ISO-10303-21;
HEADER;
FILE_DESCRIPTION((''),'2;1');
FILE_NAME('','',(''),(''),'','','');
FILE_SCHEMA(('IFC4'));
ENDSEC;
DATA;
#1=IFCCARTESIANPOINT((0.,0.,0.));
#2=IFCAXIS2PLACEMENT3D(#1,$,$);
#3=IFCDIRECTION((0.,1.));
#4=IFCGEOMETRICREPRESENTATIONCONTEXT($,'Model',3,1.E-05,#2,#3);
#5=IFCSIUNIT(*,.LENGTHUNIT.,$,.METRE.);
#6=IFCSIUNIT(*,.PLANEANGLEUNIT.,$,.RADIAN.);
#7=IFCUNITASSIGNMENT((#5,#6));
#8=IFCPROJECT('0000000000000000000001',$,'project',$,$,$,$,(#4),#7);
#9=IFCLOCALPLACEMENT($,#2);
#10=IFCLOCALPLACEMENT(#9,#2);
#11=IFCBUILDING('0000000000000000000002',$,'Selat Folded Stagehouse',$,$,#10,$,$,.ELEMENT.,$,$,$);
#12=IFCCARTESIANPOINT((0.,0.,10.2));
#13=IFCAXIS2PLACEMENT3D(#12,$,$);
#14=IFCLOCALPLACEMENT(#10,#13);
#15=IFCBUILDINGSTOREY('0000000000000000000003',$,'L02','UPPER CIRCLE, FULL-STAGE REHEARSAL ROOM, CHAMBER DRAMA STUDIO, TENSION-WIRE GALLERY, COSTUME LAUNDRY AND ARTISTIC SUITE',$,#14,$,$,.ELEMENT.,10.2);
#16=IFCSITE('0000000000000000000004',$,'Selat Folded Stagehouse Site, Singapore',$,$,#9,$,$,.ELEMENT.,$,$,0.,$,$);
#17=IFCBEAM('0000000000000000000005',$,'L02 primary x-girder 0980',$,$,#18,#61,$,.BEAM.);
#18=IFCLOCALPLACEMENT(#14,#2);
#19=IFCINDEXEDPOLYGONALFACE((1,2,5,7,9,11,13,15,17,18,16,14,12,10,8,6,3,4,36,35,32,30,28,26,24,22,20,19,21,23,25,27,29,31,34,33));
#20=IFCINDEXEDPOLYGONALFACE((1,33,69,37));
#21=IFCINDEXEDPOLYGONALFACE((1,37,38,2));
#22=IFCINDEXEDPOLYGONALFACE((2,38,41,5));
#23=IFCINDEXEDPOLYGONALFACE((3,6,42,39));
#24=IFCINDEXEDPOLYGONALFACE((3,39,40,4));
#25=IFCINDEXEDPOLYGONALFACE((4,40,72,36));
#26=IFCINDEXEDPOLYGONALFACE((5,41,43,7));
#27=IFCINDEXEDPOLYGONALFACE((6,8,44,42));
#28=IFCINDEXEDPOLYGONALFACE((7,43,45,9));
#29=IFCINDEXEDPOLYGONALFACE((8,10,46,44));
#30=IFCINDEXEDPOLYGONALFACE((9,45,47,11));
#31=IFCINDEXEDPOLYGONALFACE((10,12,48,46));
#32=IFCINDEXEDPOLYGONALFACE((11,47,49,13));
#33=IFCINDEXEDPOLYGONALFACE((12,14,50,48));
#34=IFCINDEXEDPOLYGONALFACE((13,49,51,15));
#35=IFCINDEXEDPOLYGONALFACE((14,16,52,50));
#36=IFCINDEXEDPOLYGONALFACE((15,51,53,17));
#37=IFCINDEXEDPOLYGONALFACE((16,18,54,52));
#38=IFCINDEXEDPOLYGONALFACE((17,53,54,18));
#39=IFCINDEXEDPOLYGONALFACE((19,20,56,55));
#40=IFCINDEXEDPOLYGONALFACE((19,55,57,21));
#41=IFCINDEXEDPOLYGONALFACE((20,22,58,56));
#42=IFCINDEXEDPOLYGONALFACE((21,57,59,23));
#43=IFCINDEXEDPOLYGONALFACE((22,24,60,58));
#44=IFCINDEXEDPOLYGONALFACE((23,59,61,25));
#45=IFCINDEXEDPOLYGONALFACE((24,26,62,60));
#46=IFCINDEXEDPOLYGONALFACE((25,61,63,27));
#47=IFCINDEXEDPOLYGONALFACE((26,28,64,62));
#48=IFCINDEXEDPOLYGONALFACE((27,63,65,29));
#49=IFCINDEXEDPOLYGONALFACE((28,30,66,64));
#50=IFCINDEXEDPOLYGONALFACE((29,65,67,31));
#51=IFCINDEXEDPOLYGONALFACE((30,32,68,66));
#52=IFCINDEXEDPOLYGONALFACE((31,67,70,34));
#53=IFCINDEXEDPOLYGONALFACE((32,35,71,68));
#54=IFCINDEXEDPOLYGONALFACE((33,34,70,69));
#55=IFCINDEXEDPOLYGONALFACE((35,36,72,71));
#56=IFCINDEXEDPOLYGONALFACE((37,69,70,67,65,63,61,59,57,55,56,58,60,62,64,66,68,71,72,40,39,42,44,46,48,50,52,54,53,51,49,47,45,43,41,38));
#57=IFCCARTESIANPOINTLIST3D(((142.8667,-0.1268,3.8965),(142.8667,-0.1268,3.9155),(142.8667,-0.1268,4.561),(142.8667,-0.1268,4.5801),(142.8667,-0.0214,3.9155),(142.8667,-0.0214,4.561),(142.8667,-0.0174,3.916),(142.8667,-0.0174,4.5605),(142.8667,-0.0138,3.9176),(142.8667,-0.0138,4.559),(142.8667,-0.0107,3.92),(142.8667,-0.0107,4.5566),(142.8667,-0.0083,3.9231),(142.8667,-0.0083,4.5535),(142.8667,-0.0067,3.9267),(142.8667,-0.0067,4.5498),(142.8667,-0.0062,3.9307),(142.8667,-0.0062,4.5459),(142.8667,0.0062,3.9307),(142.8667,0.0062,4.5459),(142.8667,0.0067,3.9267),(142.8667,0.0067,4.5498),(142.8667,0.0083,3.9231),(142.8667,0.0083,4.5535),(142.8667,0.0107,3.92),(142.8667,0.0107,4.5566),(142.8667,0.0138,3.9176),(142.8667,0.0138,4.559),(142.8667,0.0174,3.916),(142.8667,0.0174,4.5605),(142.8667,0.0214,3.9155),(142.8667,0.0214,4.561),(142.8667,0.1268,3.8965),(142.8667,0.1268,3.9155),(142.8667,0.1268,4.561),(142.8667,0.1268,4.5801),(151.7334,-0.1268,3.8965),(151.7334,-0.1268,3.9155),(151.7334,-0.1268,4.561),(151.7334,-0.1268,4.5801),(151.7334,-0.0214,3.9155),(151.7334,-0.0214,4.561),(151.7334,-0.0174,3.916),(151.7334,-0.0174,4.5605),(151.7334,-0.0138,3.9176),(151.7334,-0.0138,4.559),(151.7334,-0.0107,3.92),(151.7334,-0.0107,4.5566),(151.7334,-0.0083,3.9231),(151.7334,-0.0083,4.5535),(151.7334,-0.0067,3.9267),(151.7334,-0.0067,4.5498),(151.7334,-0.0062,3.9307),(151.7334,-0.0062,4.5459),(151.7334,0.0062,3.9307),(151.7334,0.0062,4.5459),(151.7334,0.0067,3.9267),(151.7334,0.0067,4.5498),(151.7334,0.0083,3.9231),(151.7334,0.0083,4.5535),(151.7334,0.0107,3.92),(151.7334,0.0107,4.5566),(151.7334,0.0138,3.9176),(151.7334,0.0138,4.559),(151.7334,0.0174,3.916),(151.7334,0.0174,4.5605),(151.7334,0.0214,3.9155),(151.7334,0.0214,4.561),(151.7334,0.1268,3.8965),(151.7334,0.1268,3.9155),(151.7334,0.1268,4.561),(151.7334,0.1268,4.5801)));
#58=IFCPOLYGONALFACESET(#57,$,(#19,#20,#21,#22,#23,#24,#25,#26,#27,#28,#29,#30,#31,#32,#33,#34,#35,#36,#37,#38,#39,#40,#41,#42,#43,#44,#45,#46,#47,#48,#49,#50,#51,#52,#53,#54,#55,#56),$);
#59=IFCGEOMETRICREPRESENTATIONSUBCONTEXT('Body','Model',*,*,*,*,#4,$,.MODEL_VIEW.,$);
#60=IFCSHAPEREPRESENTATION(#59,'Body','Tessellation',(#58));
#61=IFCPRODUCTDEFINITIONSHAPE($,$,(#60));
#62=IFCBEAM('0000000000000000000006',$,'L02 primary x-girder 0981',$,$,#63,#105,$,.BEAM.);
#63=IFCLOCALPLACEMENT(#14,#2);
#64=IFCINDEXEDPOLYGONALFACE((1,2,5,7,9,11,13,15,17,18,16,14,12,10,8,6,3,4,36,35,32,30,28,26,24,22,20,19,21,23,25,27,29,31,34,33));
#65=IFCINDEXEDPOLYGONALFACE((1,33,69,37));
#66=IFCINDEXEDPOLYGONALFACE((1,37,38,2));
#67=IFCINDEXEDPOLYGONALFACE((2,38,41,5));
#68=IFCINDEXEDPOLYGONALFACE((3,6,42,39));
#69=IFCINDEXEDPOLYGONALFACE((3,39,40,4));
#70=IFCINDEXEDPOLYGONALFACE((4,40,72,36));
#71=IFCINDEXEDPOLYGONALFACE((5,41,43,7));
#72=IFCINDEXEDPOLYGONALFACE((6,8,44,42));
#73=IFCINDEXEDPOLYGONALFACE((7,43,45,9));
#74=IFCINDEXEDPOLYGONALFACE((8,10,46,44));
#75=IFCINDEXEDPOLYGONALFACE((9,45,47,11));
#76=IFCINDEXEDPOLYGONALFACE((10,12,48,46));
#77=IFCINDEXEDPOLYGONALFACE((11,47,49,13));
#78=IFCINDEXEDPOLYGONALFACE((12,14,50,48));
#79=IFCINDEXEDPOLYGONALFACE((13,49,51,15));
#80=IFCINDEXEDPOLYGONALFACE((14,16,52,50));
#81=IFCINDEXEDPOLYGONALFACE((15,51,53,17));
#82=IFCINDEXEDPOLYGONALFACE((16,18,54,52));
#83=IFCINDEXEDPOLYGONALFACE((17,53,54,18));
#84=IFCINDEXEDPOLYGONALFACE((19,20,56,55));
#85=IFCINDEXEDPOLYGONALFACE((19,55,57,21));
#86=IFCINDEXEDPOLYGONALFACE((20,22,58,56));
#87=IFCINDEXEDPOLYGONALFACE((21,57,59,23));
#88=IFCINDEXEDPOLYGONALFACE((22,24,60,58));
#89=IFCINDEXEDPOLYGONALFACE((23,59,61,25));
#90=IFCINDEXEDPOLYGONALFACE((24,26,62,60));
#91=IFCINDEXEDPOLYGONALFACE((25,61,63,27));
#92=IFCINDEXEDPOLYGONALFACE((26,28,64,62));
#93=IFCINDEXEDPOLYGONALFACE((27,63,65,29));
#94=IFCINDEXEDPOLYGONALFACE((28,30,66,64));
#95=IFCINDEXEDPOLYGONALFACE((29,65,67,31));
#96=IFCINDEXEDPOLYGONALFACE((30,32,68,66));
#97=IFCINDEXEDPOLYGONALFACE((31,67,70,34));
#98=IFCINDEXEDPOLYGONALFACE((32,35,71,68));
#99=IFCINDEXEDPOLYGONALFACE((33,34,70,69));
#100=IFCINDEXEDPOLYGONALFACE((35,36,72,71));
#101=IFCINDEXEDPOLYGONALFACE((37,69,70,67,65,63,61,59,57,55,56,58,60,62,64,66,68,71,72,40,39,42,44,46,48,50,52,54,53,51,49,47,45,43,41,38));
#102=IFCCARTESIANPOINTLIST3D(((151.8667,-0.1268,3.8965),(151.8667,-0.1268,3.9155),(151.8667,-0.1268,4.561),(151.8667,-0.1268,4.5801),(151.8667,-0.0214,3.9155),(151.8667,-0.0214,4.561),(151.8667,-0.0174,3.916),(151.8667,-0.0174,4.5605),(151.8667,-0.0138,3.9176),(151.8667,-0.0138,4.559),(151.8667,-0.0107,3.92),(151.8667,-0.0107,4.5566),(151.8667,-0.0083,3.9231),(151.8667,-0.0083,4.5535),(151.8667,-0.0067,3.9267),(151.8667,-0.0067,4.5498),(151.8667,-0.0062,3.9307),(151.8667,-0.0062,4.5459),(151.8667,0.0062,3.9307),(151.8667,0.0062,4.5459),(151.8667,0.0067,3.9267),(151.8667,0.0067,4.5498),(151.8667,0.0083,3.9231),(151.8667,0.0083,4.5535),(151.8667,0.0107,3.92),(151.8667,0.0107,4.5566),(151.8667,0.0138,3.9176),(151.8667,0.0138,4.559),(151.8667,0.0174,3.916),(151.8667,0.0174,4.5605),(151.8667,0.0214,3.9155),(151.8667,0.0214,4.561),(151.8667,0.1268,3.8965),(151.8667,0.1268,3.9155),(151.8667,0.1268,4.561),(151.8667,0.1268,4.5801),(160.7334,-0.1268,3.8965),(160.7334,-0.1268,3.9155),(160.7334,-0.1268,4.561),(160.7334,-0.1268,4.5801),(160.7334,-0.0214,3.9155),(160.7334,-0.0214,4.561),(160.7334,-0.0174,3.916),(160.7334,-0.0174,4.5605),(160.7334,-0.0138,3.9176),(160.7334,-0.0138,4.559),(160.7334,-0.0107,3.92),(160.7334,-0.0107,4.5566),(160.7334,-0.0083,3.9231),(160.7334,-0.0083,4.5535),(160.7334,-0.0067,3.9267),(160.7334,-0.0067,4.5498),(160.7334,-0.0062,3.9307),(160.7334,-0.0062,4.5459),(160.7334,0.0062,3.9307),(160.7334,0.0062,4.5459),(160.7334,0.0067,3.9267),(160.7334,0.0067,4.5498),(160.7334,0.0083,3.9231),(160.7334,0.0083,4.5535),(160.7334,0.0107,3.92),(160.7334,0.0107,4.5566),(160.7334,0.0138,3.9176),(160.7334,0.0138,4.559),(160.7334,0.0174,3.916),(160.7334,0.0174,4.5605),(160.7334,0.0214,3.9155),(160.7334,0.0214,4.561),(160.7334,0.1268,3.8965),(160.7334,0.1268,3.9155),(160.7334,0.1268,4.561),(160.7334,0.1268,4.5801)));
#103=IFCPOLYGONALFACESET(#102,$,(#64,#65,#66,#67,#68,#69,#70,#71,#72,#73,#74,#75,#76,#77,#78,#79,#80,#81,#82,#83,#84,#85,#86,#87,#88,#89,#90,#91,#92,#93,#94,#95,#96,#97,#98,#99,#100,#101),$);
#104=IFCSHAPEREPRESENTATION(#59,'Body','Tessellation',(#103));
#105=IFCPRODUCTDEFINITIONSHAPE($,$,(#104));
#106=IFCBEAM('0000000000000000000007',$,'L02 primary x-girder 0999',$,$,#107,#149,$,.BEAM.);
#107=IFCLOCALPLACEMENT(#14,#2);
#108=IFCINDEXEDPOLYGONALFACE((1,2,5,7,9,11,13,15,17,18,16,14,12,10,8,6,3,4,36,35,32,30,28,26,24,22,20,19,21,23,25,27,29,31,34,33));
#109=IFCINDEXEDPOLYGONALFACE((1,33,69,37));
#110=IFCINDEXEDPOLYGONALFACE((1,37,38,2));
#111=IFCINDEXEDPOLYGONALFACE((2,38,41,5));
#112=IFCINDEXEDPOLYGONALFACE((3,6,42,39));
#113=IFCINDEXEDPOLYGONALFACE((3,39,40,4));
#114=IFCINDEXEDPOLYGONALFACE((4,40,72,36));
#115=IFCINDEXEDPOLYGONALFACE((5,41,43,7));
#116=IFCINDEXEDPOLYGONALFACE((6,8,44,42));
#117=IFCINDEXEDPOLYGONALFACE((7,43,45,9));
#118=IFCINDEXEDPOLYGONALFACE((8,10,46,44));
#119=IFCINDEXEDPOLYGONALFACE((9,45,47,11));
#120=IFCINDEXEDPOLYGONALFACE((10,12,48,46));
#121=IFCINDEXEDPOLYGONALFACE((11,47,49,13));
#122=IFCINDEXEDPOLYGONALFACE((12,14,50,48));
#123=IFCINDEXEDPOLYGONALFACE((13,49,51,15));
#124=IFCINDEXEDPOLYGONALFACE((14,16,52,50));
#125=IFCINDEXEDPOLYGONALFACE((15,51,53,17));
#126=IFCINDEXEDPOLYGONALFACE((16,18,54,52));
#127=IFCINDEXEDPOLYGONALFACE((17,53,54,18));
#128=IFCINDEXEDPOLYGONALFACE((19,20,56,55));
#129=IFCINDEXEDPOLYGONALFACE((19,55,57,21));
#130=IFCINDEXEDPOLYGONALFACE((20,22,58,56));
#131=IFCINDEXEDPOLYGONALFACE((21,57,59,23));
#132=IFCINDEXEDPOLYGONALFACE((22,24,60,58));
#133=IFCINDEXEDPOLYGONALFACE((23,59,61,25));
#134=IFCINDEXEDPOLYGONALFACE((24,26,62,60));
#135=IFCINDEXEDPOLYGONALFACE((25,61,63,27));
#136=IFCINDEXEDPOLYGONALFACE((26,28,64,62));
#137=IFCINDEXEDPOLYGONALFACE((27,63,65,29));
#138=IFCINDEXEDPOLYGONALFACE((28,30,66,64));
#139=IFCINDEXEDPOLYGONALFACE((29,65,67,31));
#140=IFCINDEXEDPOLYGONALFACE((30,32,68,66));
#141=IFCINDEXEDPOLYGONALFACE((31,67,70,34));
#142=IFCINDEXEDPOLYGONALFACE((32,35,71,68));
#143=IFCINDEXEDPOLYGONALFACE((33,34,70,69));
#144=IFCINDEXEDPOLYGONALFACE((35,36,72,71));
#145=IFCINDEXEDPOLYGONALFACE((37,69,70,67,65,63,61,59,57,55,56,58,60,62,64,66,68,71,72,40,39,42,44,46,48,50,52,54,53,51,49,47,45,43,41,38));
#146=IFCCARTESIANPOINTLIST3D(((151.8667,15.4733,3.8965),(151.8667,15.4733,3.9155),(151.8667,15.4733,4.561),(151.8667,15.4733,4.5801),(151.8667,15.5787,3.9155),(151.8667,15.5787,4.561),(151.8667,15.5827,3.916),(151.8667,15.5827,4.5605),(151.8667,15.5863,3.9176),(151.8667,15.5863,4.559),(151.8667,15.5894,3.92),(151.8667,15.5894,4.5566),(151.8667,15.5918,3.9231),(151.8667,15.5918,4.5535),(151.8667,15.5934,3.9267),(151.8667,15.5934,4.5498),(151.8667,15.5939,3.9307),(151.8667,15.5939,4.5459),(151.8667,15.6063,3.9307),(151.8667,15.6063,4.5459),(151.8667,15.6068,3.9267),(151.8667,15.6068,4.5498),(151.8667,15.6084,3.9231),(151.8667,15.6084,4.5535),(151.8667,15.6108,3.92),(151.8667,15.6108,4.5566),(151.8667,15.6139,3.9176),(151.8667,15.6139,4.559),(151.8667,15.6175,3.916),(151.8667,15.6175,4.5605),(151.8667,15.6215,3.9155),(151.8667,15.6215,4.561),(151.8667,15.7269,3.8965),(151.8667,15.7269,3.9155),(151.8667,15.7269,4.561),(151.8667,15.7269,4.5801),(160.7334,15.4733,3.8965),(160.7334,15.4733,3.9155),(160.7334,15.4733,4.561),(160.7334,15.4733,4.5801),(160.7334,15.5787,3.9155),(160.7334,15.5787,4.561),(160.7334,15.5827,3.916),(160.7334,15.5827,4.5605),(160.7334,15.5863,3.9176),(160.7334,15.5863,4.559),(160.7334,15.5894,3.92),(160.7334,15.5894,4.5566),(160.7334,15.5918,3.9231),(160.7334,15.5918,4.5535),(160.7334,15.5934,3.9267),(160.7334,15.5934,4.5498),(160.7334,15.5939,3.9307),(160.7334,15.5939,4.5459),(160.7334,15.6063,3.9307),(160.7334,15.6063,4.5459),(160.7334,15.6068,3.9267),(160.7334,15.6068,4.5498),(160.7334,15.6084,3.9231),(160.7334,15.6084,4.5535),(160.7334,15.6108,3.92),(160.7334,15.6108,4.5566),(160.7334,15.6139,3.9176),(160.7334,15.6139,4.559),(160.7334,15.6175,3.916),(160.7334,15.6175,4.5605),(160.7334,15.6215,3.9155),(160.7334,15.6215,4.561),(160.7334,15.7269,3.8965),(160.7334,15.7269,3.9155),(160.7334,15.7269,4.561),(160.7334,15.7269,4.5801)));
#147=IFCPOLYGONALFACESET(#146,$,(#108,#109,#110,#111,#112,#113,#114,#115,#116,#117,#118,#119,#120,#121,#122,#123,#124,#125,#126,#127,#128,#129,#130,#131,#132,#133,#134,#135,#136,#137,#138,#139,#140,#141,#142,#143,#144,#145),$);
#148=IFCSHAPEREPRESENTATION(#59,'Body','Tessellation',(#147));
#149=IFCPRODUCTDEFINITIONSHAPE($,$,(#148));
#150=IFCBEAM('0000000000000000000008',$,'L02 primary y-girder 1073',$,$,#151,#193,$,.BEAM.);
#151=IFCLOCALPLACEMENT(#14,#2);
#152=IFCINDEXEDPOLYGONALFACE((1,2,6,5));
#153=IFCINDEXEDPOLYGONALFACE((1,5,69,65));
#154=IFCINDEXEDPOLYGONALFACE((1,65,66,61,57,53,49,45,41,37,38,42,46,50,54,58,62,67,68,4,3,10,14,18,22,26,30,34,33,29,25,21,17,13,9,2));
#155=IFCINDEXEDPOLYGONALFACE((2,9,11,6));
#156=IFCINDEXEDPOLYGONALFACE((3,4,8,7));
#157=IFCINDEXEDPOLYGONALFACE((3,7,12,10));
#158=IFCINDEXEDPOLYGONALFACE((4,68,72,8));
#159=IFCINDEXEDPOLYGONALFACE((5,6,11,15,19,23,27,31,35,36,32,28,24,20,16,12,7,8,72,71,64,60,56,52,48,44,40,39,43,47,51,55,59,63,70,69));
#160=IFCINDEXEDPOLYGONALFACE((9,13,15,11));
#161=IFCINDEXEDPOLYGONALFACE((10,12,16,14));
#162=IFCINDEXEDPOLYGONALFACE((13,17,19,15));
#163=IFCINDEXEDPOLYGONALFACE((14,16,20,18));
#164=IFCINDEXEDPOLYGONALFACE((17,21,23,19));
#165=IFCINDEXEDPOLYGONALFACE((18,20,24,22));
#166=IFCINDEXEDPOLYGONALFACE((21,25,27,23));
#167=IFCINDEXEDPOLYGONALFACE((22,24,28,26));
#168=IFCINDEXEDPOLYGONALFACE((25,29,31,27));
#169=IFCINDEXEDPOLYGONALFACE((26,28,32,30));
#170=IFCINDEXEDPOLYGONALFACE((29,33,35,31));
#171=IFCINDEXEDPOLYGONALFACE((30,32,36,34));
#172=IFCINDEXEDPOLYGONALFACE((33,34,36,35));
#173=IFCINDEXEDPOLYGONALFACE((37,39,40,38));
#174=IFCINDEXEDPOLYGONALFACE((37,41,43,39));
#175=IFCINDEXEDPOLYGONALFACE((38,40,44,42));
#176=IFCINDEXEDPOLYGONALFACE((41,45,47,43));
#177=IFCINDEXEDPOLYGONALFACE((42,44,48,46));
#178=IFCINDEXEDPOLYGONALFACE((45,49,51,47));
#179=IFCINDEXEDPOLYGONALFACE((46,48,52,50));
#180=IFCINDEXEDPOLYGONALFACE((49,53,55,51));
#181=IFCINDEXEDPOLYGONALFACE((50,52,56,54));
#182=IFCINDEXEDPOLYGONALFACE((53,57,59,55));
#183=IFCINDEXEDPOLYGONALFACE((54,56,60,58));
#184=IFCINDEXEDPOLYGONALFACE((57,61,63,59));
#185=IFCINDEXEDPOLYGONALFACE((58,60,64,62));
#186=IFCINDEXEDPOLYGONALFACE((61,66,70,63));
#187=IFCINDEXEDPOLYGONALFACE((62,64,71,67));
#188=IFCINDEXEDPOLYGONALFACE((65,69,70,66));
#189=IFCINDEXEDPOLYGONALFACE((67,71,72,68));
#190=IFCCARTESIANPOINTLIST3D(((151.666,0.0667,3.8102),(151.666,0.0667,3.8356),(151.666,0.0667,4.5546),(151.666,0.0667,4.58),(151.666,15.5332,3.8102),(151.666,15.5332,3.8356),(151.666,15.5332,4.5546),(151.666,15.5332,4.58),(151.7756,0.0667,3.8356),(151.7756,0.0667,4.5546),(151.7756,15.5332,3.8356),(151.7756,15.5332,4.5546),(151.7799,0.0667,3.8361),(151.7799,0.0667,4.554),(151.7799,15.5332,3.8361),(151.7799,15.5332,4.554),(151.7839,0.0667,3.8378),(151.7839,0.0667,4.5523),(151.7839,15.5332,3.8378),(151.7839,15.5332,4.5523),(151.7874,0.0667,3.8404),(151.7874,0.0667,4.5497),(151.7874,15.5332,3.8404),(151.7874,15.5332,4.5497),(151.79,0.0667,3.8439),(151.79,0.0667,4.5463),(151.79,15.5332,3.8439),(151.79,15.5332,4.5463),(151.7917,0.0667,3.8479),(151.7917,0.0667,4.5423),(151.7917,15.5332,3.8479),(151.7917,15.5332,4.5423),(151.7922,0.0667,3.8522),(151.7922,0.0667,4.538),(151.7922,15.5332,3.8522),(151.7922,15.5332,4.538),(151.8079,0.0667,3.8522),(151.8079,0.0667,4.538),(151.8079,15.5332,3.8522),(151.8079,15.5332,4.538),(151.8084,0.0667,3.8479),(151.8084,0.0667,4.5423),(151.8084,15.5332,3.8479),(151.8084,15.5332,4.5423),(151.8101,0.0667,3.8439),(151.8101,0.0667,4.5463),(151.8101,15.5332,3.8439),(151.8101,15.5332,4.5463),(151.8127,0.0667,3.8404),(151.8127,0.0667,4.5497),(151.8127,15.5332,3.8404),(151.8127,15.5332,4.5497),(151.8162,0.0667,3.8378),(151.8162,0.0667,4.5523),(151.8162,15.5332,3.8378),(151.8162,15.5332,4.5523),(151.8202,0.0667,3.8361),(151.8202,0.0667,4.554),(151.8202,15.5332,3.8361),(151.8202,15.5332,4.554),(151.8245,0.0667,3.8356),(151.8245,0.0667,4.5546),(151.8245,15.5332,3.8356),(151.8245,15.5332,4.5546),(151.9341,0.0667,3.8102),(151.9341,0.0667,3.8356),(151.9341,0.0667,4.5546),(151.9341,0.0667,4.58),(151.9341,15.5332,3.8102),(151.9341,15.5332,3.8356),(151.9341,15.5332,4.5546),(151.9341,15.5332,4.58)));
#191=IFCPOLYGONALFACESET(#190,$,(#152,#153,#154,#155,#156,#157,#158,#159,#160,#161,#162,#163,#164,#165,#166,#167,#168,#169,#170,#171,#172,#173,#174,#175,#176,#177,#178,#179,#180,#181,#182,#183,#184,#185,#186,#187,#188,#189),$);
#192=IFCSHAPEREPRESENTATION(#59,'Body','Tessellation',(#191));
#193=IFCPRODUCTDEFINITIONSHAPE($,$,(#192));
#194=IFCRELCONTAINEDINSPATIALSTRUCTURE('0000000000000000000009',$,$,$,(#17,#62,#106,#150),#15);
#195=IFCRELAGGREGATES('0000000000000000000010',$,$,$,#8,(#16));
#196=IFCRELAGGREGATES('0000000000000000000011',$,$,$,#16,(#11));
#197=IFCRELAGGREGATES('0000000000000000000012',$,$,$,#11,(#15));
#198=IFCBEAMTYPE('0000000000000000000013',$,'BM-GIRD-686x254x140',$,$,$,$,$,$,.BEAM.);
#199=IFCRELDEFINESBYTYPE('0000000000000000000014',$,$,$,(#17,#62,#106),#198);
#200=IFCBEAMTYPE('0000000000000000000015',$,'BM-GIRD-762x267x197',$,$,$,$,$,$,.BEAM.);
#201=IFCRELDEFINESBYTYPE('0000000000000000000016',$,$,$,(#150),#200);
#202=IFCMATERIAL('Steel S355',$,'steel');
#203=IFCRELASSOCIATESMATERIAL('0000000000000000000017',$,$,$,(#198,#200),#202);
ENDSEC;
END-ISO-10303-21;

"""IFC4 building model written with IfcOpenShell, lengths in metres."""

from ifc_helpers import new_model, si_unit, direction, frame, origin, origin_2d, place, context, subcontext, project, spatial, i_section, extrude, material, material_profile, profile_set, type_object, element, save


model = new_model("IFC4")

# Units and contexts
model_context = context("Model", 3, precision=1e-05, world=origin(), true_north=direction((0.0, 1.0)))
body_context = subcontext(model_context, "Body", "Model", "MODEL_VIEW")
ifc_project = project(units=[si_unit("LENGTHUNIT", "METRE"), si_unit("PLANEANGLEUNIT", "RADIAN")], contexts=[model_context])

# Site, building, storey
site_placement = place(None, origin())
site = spatial("IfcSite", under=ifc_project, at=site_placement, Name="Selat Folded Stagehouse Site, Singapore", CompositionType="ELEMENT", RefElevation=0.0)
building_placement = place(site_placement, origin())
building = spatial("IfcBuilding", under=site, at=building_placement, Name="Selat Folded Stagehouse", CompositionType="ELEMENT")
storey_placement = place(building_placement, frame((0.0, 0.0, 10.2)))
storey = spatial("IfcBuildingStorey", under=building, at=storey_placement, Name="L02", Description="UPPER CIRCLE, FULL-STAGE REHEARSAL ROOM, CHAMBER DRAMA STUDIO, TENSION-WIRE GALLERY, COSTUME LAUNDRY AND ARTISTIC SUITE", CompositionType="ELEMENT", Elevation=10.2)

# Shared definitions
ifc_material_1 = material(Name="Steel S355", Category="steel")

# Beams
ifc_material_profile_1 = material_profile(ifc_material_1, i_section(OverallWidth=0.2537, OverallDepth=0.6836, WebThickness=0.0125, FlangeThickness=0.019, FilletRadius=0.0151, at=origin_2d()), Name="UKB 686x254x140")
ifc_profile_set_1 = profile_set([ifc_material_profile_1], Name="Steel S355")
beam_type_1 = type_object("IfcBeamType", Name="BM-GIRD-686x254x140", PredefinedType="BEAM", material=ifc_profile_set_1)
for number, where, z_axis, x_axis, name in (
    (1, (142.8667, 0.0, 4.2383), (1.0, 0.0, 0.0), (0.0, 1.0, 0.0), "L02 primary x-girder 0980"),
    (2, (151.8667, 0.0, 4.2383), (1.0, 0.0, 0.0), (0.0, 1.0, 0.0), "L02 primary x-girder 0981"),
    (3, (151.8667, 15.6001, 4.2383), (1.0, 0.0, 0.0), (0.0, 1.0, 0.0), "L02 primary x-girder 0999"),
):
    element("IfcBeam", number, at=place(storey_placement, frame(where, z_axis=z_axis, x_axis=x_axis)), inside=storey, type_object=beam_type_1, Name=name, PredefinedType="BEAM", context=body_context, shape_type="SweptSolid", body=[
        extrude(i_section(OverallWidth=0.2537, OverallDepth=0.6836, WebThickness=0.0125, FlangeThickness=0.019, FilletRadius=0.0151, at=origin_2d()), origin(), (0.0, 0.0, 1.0), 8.8667),
    ])
ifc_material_profile_2 = material_profile(ifc_material_1, i_section(OverallWidth=0.2681, OverallDepth=0.7698, WebThickness=0.0156, FlangeThickness=0.0254, FilletRadius=0.0166, at=origin_2d()), Name="UKB 762x267x197")
ifc_profile_set_2 = profile_set([ifc_material_profile_2], Name="Steel S355")
beam_type_2 = type_object("IfcBeamType", Name="BM-GIRD-762x267x197", PredefinedType="BEAM", material=ifc_profile_set_2)
beam_1_placement = place(storey_placement, frame((151.8, 0.0667, 4.1951), z_axis=(0.0, 1.0, 0.0), x_axis=(-1.0, 0.0, 0.0)))
element("IfcBeam", 4, at=beam_1_placement, inside=storey, type_object=beam_type_2, Name="L02 primary y-girder 1073", PredefinedType="BEAM", context=body_context, shape_type="SweptSolid", body=[
    extrude(i_section(OverallWidth=0.2681, OverallDepth=0.7698, WebThickness=0.0156, FlangeThickness=0.0254, FilletRadius=0.0166, at=origin_2d()), origin(), (0.0, 0.0, 1.0), 15.4666),
])

save(model, "model.ifc")
